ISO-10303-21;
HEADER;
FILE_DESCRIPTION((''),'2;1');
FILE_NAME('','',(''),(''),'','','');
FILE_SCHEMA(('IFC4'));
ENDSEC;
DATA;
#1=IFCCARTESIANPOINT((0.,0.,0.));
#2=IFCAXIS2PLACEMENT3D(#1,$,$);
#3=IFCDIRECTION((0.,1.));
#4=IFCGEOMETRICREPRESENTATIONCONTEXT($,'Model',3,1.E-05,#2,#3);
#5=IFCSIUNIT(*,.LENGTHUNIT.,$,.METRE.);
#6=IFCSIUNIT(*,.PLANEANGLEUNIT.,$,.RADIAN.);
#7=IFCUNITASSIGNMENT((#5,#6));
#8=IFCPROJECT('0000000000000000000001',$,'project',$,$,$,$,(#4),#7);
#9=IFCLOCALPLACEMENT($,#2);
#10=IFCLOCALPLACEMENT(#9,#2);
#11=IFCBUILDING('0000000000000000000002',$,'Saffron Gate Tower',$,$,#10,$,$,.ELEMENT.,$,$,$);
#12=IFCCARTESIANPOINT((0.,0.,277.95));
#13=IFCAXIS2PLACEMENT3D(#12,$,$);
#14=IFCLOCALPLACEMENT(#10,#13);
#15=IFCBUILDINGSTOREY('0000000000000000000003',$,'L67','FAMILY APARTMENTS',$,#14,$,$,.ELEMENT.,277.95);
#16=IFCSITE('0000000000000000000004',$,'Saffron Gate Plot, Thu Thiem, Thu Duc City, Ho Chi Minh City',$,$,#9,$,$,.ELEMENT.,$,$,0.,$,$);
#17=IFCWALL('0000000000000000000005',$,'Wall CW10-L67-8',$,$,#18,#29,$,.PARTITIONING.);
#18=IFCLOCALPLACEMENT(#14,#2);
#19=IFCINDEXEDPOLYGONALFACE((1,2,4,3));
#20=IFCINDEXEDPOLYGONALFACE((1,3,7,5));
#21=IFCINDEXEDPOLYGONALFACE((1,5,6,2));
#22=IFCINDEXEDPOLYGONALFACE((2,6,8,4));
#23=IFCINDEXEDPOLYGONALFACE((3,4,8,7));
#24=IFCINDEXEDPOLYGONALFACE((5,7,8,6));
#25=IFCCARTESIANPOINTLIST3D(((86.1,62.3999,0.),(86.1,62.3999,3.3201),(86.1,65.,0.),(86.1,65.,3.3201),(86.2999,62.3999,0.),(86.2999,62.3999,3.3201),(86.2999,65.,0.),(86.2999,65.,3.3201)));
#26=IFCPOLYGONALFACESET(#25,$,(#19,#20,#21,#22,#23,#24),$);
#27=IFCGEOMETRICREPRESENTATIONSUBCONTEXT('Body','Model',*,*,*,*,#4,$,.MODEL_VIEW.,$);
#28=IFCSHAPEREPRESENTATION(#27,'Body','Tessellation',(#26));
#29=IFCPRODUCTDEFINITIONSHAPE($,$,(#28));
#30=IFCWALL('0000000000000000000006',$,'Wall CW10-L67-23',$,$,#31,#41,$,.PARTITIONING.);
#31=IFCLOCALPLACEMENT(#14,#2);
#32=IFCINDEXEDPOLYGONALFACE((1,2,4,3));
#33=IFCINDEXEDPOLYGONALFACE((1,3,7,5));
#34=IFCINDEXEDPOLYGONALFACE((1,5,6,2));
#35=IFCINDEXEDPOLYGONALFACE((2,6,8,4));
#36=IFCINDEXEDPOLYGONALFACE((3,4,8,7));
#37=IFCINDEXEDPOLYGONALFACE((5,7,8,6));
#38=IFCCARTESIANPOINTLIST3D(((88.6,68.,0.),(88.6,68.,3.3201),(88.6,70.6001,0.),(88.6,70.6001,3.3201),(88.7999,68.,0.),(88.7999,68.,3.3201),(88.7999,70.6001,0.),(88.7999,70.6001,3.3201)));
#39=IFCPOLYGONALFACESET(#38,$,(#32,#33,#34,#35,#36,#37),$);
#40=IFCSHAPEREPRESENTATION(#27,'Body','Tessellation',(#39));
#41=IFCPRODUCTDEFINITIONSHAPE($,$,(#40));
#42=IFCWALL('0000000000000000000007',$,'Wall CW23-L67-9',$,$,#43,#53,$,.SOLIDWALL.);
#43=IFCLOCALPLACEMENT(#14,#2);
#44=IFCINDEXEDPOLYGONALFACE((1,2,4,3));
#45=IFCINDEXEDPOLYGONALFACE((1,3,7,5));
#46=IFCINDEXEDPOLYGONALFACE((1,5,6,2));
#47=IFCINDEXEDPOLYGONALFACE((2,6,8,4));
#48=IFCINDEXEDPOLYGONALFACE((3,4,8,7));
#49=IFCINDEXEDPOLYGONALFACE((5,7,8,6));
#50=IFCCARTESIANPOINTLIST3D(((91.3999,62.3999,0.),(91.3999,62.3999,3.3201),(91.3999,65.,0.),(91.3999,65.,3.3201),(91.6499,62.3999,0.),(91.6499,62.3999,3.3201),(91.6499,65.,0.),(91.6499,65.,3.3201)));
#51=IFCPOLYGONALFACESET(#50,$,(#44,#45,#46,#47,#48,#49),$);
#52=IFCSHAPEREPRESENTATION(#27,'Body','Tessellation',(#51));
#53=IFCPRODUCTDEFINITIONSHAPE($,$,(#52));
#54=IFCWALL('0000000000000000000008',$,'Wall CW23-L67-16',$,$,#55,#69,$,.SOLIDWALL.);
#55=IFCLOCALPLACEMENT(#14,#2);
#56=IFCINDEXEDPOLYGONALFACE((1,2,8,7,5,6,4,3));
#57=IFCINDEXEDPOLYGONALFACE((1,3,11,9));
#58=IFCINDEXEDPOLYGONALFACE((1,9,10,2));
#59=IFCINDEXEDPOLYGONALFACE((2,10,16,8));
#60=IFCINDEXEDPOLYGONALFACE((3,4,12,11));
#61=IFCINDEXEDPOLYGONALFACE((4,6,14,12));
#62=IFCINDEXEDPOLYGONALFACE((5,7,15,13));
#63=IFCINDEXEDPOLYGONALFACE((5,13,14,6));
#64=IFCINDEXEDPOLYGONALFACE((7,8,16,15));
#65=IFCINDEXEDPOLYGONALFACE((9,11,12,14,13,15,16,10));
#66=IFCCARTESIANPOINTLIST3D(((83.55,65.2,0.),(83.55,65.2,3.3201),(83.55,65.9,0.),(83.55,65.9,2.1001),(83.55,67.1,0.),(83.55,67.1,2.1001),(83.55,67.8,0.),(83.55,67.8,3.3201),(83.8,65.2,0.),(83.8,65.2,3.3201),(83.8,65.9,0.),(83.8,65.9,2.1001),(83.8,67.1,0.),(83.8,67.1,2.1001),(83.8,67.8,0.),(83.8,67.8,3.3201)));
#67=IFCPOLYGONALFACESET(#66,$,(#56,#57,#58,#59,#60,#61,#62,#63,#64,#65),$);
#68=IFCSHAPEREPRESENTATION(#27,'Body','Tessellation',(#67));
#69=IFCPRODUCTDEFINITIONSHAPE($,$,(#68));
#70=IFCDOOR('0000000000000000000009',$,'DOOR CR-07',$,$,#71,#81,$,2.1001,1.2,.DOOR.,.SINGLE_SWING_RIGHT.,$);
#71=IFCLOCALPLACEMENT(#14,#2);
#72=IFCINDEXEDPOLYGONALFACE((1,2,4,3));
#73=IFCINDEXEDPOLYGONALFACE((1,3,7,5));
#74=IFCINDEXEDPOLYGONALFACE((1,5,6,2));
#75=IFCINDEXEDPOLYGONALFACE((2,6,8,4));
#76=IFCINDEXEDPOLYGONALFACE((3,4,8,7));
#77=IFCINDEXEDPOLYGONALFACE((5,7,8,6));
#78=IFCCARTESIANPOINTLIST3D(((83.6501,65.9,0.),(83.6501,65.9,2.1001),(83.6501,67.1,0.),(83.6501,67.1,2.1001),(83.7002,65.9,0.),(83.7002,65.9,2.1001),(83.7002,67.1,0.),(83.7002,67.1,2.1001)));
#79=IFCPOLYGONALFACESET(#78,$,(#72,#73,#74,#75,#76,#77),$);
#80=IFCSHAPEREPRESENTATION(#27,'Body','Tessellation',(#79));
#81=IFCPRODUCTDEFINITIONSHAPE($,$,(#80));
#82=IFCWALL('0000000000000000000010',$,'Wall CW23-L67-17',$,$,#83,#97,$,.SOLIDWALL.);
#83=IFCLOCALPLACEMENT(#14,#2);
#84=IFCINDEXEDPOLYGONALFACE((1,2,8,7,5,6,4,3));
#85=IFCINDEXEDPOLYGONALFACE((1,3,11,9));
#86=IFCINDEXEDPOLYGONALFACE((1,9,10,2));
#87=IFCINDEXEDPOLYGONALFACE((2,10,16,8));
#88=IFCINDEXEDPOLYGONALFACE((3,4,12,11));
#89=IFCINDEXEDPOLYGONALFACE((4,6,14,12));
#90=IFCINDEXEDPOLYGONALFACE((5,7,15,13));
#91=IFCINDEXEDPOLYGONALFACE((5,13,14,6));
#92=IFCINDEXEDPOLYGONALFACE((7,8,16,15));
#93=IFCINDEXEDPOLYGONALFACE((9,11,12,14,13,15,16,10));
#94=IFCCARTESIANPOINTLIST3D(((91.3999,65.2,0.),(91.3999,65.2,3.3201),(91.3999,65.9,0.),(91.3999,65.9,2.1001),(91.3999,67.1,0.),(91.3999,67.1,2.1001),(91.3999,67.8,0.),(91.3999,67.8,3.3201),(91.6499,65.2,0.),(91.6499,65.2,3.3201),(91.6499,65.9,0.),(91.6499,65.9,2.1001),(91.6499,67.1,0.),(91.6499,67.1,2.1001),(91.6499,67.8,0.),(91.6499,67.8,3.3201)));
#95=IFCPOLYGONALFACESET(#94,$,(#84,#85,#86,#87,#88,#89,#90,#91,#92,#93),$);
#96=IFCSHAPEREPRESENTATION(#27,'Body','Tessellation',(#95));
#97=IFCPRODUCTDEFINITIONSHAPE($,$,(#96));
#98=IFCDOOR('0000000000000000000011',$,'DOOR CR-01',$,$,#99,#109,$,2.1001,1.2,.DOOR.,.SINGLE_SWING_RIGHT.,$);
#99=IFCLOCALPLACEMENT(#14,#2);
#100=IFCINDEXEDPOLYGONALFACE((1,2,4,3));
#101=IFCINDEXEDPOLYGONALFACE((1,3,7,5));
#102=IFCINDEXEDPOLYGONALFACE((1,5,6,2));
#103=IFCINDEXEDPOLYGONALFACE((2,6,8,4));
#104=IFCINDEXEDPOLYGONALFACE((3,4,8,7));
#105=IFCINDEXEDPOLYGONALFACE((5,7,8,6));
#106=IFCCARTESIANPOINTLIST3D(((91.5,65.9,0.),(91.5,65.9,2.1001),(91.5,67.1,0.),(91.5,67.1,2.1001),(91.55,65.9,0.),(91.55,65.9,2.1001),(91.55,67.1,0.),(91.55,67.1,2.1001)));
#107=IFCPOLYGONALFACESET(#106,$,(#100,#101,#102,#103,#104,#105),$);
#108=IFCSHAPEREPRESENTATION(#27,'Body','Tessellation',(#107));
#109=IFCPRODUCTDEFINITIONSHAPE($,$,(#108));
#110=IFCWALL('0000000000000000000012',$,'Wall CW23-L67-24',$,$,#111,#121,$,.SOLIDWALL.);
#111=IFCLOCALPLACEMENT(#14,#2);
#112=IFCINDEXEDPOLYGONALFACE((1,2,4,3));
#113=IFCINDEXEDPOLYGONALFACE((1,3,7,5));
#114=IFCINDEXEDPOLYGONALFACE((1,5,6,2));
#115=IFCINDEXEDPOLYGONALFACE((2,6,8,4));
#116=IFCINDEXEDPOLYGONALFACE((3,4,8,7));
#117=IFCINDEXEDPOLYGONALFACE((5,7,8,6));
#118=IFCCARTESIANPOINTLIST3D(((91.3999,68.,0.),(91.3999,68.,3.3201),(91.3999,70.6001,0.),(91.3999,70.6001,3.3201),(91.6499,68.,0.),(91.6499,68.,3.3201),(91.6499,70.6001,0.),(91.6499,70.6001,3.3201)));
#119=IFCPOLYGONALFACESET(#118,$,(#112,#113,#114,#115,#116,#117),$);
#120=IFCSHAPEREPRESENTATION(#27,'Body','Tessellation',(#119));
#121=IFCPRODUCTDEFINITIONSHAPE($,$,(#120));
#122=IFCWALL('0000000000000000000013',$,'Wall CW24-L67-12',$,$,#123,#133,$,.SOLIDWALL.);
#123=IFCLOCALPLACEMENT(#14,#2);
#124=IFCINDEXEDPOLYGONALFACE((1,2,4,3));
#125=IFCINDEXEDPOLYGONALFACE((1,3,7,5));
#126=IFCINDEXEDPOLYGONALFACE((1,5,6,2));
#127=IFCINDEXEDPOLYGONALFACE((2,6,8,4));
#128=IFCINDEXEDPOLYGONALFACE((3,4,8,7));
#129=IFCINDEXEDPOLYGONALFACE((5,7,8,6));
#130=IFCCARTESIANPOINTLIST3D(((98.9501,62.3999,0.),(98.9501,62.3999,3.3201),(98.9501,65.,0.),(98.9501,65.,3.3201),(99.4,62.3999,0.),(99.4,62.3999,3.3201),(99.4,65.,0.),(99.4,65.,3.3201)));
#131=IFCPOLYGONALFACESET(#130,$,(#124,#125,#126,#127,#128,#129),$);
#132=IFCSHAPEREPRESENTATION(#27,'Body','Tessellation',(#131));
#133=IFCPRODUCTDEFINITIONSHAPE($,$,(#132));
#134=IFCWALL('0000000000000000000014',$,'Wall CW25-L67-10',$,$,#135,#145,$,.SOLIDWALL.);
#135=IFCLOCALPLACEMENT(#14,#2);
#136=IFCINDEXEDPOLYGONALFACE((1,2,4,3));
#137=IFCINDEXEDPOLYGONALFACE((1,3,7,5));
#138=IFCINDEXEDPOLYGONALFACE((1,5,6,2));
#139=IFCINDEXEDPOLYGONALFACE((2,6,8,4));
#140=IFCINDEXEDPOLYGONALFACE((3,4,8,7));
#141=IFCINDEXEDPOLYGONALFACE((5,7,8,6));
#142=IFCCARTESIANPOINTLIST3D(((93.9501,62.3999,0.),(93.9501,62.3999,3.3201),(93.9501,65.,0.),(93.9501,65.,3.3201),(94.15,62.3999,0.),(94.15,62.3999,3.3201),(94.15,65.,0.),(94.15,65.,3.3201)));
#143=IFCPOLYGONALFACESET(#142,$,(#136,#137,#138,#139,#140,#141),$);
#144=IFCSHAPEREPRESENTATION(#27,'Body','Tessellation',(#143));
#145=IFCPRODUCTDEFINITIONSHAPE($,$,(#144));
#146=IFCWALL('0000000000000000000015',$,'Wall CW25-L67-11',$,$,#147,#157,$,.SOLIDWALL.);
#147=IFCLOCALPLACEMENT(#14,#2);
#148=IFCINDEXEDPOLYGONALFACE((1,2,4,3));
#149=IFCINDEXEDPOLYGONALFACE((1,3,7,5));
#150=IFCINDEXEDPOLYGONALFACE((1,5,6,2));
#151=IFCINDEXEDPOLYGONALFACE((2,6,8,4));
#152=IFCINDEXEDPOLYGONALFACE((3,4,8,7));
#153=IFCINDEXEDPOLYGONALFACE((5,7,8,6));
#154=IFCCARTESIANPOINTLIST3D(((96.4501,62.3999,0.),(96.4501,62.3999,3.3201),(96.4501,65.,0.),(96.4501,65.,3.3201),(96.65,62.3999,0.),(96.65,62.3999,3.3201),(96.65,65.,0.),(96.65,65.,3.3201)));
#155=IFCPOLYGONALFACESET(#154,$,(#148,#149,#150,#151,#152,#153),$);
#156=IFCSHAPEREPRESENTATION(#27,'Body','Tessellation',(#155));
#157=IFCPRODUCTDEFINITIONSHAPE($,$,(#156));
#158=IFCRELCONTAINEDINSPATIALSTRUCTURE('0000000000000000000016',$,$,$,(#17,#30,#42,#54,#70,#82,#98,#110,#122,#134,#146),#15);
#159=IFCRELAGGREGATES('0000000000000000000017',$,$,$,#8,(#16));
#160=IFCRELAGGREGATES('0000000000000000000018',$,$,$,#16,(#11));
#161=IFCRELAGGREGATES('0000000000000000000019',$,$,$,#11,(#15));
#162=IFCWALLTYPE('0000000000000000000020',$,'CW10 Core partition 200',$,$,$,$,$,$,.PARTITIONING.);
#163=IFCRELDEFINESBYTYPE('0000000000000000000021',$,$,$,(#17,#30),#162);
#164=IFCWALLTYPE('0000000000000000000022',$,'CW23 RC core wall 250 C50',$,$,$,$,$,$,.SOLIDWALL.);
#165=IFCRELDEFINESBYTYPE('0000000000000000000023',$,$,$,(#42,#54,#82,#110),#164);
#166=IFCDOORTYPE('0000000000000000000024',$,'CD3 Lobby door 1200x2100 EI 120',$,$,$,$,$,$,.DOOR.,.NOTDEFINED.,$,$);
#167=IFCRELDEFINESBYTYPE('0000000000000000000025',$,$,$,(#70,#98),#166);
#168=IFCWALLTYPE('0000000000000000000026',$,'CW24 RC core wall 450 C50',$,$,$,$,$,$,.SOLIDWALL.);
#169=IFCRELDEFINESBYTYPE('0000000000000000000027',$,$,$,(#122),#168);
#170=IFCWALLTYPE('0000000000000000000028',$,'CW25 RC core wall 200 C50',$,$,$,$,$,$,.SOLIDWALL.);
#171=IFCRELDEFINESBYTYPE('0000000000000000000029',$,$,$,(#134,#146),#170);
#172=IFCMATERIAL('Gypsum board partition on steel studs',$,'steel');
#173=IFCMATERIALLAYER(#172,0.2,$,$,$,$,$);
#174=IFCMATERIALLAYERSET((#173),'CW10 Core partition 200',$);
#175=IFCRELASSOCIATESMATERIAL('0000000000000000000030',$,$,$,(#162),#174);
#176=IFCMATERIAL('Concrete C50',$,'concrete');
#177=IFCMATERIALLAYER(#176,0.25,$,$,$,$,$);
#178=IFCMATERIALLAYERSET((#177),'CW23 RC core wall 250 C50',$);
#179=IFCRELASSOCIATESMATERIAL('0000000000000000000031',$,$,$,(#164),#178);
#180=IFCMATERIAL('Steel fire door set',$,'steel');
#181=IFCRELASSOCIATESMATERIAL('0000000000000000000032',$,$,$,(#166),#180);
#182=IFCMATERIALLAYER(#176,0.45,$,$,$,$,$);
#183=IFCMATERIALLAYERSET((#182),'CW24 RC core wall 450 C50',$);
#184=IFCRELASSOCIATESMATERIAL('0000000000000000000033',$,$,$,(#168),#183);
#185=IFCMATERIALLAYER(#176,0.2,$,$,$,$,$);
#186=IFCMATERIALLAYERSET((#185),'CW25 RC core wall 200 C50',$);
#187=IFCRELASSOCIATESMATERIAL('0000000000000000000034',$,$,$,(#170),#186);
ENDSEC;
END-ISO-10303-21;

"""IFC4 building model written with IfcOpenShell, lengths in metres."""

from ifc_helpers import new_model, si_unit, direction, frame, frame_2d, origin, place, context, subcontext, project, spatial, rectangle, extrude, material, layer, layer_set, type_object, element, fill, save


model = new_model("IFC4")

# Units and contexts
model_context = context("Model", 3, precision=1e-05, world=origin(), true_north=direction((0.0, 1.0)))
body_context = subcontext(model_context, "Body", "Model", "MODEL_VIEW")
ifc_project = project(units=[si_unit("LENGTHUNIT", "METRE"), si_unit("PLANEANGLEUNIT", "RADIAN")], contexts=[model_context])

# Site, building, storey
site_placement = place(None, origin())
site = spatial("IfcSite", under=ifc_project, at=site_placement, Name="Saffron Gate Plot, Thu Thiem, Thu Duc City, Ho Chi Minh City", CompositionType="ELEMENT", RefElevation=0.0)
building_placement = place(site_placement, origin())
building = spatial("IfcBuilding", under=site, at=building_placement, Name="Saffron Gate Tower", CompositionType="ELEMENT")
storey_placement = place(building_placement, frame((0.0, 0.0, 277.95)))
storey = spatial("IfcBuildingStorey", under=building, at=storey_placement, Name="L67", Description="FAMILY APARTMENTS", CompositionType="ELEMENT", Elevation=277.95)

# Walls
ifc_material_1 = material(Name="Gypsum board partition on steel studs", Category="steel")
ifc_layer_1 = layer(ifc_material_1, 0.2)
ifc_layer_set_1 = layer_set([ifc_layer_1], Name="CW10 Core partition 200")
wall_type_1 = type_object("IfcWallType", Name="CW10 Core partition 200", PredefinedType="PARTITIONING", material=ifc_layer_set_1)
for number, where, z_axis, x_axis, name in (
    (1, (86.2, 62.3999, 0.0), (0.0, 0.0, 1.0), (0.0, 1.0, 0.0), "Wall CW10-L67-8"),
    (2, (88.7, 68.0, 0.0), (0.0, 0.0, 1.0), (0.0, 1.0, 0.0), "Wall CW10-L67-23"),
):
    element("IfcWall", number, at=place(storey_placement, frame(where, z_axis=z_axis, x_axis=x_axis)), inside=storey, type_object=wall_type_1, Name=name, PredefinedType="PARTITIONING", context=body_context, shape_type="SweptSolid", body=[
        extrude(rectangle(XDim=2.6001, YDim=0.2, at=frame_2d((1.3, 0.0))), origin(), (0.0, 0.0, 1.0), 3.3201),
    ])
ifc_material_2 = material(Name="Concrete C50", Category="concrete")
ifc_layer_2 = layer(ifc_material_2, 0.25)
ifc_layer_set_2 = layer_set([ifc_layer_2], Name="CW23 RC core wall 250 C50")
wall_type_2 = type_object("IfcWallType", Name="CW23 RC core wall 250 C50", PredefinedType="SOLIDWALL", material=ifc_layer_set_2)
wall_1_placement = place(storey_placement, frame((91.5249, 62.3999, 0.0), z_axis=(0.0, 0.0, 1.0), x_axis=(0.0, 1.0, 0.0)))
element("IfcWall", 3, at=wall_1_placement, inside=storey, type_object=wall_type_2, Name="Wall CW23-L67-9", PredefinedType="SOLIDWALL", context=body_context, shape_type="SweptSolid", body=[
    extrude(rectangle(XDim=2.6001, YDim=0.25, at=frame_2d((1.3, 0.0))), origin(), (0.0, 0.0, 1.0), 3.3201),
])

# Walls, openings, doors
wall_2_placement = place(storey_placement, frame((83.675, 65.2, 0.0), z_axis=(0.0, 0.0, 1.0), x_axis=(0.0, 1.0, 0.0)))
wall_2 = element("IfcWall", 4, at=wall_2_placement, inside=storey, type_object=wall_type_2, Name="Wall CW23-L67-16", PredefinedType="SOLIDWALL", context=body_context, shape_type="SweptSolid", body=[
    extrude(rectangle(XDim=2.6001, YDim=0.25, at=frame_2d((1.3, 0.0))), origin(), (0.0, 0.0, 1.0), 3.3201),
])
opening_1_placement = place(wall_2_placement, frame((0.7, 0.0, 0.0)))
opening_1 = element("IfcOpeningElement", 5, at=opening_1_placement, cuts=wall_2, PredefinedType="OPENING", context=body_context, shape_type="SweptSolid", body=[
    extrude(rectangle(XDim=1.2, YDim=2.1001, at=frame_2d((0.6001, 1.05))), frame((0.0, 0.135, 0.0), z_axis=(0.0, -1.0, 0.0), x_axis=(1.0, 0.0, 0.0)), (0.0, 0.0, 1.0), 0.27),
])
ifc_material_3 = material(Name="Steel fire door set", Category="steel")
door_type_1 = type_object("IfcDoorType", Name="CD3 Lobby door 1200x2100 EI 120", OperationType="NOTDEFINED", PredefinedType="DOOR", material=ifc_material_3)
door_1_placement = place(opening_1_placement, origin())
door_1 = element("IfcDoor", 6, at=door_1_placement, inside=storey, type_object=door_type_1, Name="DOOR CR-07", OperationType="SINGLE_SWING_RIGHT", OverallHeight=2.1001, OverallWidth=1.2, PredefinedType="DOOR", context=body_context, shape_type="SweptSolid", body=[
    extrude(rectangle(XDim=1.2, YDim=2.1001, at=frame_2d((0.6001, 1.05))), frame((0.0, 0.0249, 0.0), z_axis=(0.0, -1.0, 0.0), x_axis=(1.0, 0.0, 0.0)), (0.0, 0.0, 1.0), 0.05),
])
fill(opening_1, door_1)
wall_3_placement = place(storey_placement, frame((91.5249, 65.2, 0.0), z_axis=(0.0, 0.0, 1.0), x_axis=(0.0, 1.0, 0.0)))
wall_3 = element("IfcWall", 7, at=wall_3_placement, inside=storey, type_object=wall_type_2, Name="Wall CW23-L67-17", PredefinedType="SOLIDWALL", context=body_context, shape_type="SweptSolid", body=[
    extrude(rectangle(XDim=2.6001, YDim=0.25, at=frame_2d((1.3, 0.0))), origin(), (0.0, 0.0, 1.0), 3.3201),
])
opening_2_placement = place(wall_3_placement, frame((0.7, 0.0, 0.0)))
opening_2 = element("IfcOpeningElement", 8, at=opening_2_placement, cuts=wall_3, PredefinedType="OPENING", context=body_context, shape_type="SweptSolid", body=[
    extrude(rectangle(XDim=1.2, YDim=2.1001, at=frame_2d((0.6001, 1.05))), frame((0.0, 0.135, 0.0), z_axis=(0.0, -1.0, 0.0), x_axis=(1.0, 0.0, 0.0)), (0.0, 0.0, 1.0), 0.27),
])
door_2_placement = place(opening_2_placement, origin())
door_2 = element("IfcDoor", 9, at=door_2_placement, inside=storey, type_object=door_type_1, Name="DOOR CR-01", OperationType="SINGLE_SWING_RIGHT", OverallHeight=2.1001, OverallWidth=1.2, PredefinedType="DOOR", context=body_context, shape_type="SweptSolid", body=[
    extrude(rectangle(XDim=1.2, YDim=2.1001, at=frame_2d((0.6001, 1.05))), frame((0.0, 0.0249, 0.0), z_axis=(0.0, -1.0, 0.0), x_axis=(1.0, 0.0, 0.0)), (0.0, 0.0, 1.0), 0.05),
])
fill(opening_2, door_2)

# Walls
wall_4_placement = place(storey_placement, frame((91.5249, 68.0, 0.0), z_axis=(0.0, 0.0, 1.0), x_axis=(0.0, 1.0, 0.0)))
element("IfcWall", 10, at=wall_4_placement, inside=storey, type_object=wall_type_2, Name="Wall CW23-L67-24", PredefinedType="SOLIDWALL", context=body_context, shape_type="SweptSolid", body=[
    extrude(rectangle(XDim=2.6001, YDim=0.25, at=frame_2d((1.3, 0.0))), origin(), (0.0, 0.0, 1.0), 3.3201),
])
ifc_layer_3 = layer(ifc_material_2, 0.45)
ifc_layer_set_3 = layer_set([ifc_layer_3], Name="CW24 RC core wall 450 C50")
wall_type_3 = type_object("IfcWallType", Name="CW24 RC core wall 450 C50", PredefinedType="SOLIDWALL", material=ifc_layer_set_3)
wall_5_placement = place(storey_placement, frame((99.175, 62.3999, 0.0), z_axis=(0.0, 0.0, 1.0), x_axis=(0.0, 1.0, 0.0)))
element("IfcWall", 11, at=wall_5_placement, inside=storey, type_object=wall_type_3, Name="Wall CW24-L67-12", PredefinedType="SOLIDWALL", context=body_context, shape_type="SweptSolid", body=[
    extrude(rectangle(XDim=2.6001, YDim=0.45, at=frame_2d((1.3, 0.0))), origin(), (0.0, 0.0, 1.0), 3.3201),
])
ifc_layer_4 = layer(ifc_material_2, 0.2)
ifc_layer_set_4 = layer_set([ifc_layer_4], Name="CW25 RC core wall 200 C50")
wall_type_4 = type_object("IfcWallType", Name="CW25 RC core wall 200 C50", PredefinedType="SOLIDWALL", material=ifc_layer_set_4)
for number, where, z_axis, x_axis, name in (
    (12, (94.05, 62.3999, 0.0), (0.0, 0.0, 1.0), (0.0, 1.0, 0.0), "Wall CW25-L67-10"),
    (13, (96.55, 62.3999, 0.0), (0.0, 0.0, 1.0), (0.0, 1.0, 0.0), "Wall CW25-L67-11"),
):
    element("IfcWall", number, at=place(storey_placement, frame(where, z_axis=z_axis, x_axis=x_axis)), inside=storey, type_object=wall_type_4, Name=name, PredefinedType="SOLIDWALL", context=body_context, shape_type="SweptSolid", body=[
        extrude(rectangle(XDim=2.6001, YDim=0.2, at=frame_2d((1.3, 0.0))), origin(), (0.0, 0.0, 1.0), 3.3201),
    ])

save(model, "model.ifc")
